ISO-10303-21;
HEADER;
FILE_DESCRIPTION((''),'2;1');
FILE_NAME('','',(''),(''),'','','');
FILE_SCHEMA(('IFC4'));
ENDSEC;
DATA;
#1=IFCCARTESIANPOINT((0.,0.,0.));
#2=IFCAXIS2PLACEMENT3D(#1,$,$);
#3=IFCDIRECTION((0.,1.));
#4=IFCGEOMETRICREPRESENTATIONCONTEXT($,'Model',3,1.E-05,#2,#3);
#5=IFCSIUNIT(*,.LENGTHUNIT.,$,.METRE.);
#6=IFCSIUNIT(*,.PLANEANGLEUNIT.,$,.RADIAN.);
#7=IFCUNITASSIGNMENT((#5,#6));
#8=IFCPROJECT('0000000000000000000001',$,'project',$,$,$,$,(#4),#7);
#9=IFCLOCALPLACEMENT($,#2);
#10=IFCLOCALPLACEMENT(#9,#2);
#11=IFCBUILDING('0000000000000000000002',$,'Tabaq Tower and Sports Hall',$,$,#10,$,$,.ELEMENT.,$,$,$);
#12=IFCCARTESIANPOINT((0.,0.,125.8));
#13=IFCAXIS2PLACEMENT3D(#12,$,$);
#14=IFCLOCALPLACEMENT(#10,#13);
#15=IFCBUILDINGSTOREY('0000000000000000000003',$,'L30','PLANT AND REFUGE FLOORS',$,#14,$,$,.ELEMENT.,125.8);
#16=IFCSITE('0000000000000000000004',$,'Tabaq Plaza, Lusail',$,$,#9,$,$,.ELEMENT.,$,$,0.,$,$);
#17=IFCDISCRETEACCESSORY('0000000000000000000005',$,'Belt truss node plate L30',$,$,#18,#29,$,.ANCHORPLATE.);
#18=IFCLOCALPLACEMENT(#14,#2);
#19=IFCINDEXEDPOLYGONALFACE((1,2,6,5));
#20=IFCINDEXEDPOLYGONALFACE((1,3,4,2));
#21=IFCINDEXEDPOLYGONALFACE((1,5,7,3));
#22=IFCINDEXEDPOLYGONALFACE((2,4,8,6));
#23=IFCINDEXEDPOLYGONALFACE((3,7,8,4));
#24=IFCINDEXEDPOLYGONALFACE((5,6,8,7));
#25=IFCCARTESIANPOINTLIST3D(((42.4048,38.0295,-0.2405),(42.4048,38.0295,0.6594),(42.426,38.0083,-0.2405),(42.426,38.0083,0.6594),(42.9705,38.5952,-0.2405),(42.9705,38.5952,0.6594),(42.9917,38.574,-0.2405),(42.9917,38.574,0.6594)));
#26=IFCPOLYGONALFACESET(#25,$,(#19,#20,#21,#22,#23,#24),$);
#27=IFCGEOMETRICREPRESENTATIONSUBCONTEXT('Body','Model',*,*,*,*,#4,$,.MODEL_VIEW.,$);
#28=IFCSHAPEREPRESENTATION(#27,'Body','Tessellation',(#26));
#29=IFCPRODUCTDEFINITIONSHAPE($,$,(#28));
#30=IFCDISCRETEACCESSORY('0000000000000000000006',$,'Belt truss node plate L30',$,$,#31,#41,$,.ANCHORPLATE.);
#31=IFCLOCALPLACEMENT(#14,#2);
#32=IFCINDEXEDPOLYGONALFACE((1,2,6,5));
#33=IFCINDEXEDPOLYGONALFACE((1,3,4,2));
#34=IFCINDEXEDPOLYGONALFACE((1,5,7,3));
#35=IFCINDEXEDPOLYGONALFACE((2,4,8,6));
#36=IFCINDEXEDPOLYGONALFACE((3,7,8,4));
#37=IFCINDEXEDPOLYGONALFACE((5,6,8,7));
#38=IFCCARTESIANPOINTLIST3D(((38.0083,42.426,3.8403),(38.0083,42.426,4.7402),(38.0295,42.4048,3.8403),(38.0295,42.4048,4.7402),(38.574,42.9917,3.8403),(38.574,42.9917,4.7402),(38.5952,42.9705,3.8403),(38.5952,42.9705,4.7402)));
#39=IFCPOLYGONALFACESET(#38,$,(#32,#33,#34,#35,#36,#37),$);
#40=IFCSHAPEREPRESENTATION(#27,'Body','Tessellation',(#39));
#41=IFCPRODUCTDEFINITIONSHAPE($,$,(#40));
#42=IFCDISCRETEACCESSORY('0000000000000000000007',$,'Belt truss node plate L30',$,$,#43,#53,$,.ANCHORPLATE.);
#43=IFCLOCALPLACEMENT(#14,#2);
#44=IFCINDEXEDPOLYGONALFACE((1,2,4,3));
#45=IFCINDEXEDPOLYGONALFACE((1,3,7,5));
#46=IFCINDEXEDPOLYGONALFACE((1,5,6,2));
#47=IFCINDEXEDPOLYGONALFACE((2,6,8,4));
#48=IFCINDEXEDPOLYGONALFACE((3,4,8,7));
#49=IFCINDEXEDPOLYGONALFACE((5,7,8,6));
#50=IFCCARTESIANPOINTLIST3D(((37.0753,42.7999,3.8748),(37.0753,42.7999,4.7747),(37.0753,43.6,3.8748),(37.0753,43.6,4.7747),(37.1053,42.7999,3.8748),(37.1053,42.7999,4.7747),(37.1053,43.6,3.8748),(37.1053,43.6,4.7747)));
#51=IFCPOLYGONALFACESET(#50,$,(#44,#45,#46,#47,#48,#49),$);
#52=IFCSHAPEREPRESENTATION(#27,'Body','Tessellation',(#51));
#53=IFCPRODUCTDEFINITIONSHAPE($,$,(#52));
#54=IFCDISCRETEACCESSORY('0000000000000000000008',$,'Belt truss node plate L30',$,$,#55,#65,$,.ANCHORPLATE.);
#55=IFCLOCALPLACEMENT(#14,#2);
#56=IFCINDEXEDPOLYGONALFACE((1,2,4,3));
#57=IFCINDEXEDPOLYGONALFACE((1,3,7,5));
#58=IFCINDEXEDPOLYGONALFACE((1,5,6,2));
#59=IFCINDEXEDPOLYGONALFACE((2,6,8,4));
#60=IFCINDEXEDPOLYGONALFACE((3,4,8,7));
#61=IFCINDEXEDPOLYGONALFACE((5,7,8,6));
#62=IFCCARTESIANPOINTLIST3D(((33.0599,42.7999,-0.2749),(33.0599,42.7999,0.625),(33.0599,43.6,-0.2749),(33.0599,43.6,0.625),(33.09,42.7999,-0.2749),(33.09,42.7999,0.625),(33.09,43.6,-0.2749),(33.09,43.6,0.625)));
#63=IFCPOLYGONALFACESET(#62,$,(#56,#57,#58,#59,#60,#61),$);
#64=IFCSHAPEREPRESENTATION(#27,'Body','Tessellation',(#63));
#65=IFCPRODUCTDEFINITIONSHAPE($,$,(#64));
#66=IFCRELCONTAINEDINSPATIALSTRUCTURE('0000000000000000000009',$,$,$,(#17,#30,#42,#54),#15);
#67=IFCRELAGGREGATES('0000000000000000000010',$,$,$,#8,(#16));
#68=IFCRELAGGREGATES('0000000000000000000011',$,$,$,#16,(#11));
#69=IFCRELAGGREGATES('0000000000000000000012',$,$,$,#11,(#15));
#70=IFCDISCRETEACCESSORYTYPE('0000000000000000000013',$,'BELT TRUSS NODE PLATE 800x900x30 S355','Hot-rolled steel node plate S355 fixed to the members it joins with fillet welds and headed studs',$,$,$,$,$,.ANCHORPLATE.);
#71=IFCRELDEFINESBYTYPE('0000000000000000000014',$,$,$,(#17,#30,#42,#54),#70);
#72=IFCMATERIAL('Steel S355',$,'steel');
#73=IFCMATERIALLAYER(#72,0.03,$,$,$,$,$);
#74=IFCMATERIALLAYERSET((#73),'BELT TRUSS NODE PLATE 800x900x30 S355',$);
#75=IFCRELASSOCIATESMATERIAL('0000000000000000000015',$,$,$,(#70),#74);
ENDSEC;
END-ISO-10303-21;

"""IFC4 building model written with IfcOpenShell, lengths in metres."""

from ifc_helpers import new_model, si_unit, direction, frame, origin, origin_2d, place, context, subcontext, project, spatial, rectangle, extrude, material, layer, layer_set, type_object, element, save


model = new_model("IFC4")

# Units and contexts
model_context = context("Model", 3, precision=1e-05, world=origin(), true_north=direction((0.0, 1.0)))
body_context = subcontext(model_context, "Body", "Model", "MODEL_VIEW")
ifc_project = project(units=[si_unit("LENGTHUNIT", "METRE"), si_unit("PLANEANGLEUNIT", "RADIAN")], contexts=[model_context])

# Site, building, storey
site_placement = place(None, origin())
site = spatial("IfcSite", under=ifc_project, at=site_placement, Name="Tabaq Plaza, Lusail", CompositionType="ELEMENT", RefElevation=0.0)
building_placement = place(site_placement, origin())
building = spatial("IfcBuilding", under=site, at=building_placement, Name="Tabaq Tower and Sports Hall", CompositionType="ELEMENT")
storey_placement = place(building_placement, frame((0.0, 0.0, 125.8)))
storey = spatial("IfcBuildingStorey", under=building, at=storey_placement, Name="L30", Description="PLANT AND REFUGE FLOORS", CompositionType="ELEMENT", Elevation=125.8)

# Discrete accessories
ifc_material_1 = material(Name="Steel S355", Category="steel")
ifc_layer_1 = layer(ifc_material_1, 0.03)
ifc_layer_set_1 = layer_set([ifc_layer_1], Name="BELT TRUSS NODE PLATE 800x900x30 S355")
discrete_accessory_type = type_object("IfcDiscreteAccessoryType", Name="BELT TRUSS NODE PLATE 800x900x30 S355", Description="Hot-rolled steel node plate S355 fixed to the members it joins with fillet welds and headed studs", PredefinedType="ANCHORPLATE", material=ifc_layer_set_1)
for number, where, z_axis, x_axis, name in (
    (1, (42.6982, 38.3018, -0.2405), (0.0, 0.0, 1.0), (-0.707107, 0.707107, 0.0), "Belt truss node plate L30"),
    (2, (38.3018, 42.6982, 3.8403), (0.0, 0.0, 1.0), (-0.707107, 0.707107, 0.0), "Belt truss node plate L30"),
    (3, (37.0903, 43.2, 3.8748), (0.0, 0.0, 1.0), (-1.0, 0.0, 0.0), "Belt truss node plate L30"),
    (4, (33.075, 43.2, -0.2749), (0.0, 0.0, 1.0), (-1.0, 0.0, 0.0), "Belt truss node plate L30"),
):
    element("IfcDiscreteAccessory", number, at=place(storey_placement, frame(where, z_axis=z_axis, x_axis=x_axis)), inside=storey, type_object=discrete_accessory_type, Name=name, PredefinedType="ANCHORPLATE", context=body_context, shape_type="SweptSolid", body=[
        extrude(rectangle(XDim=0.03, YDim=0.8, at=origin_2d()), origin(), (0.0, 0.0, 1.0), 0.8999),
    ])

save(model, "model.ifc")
